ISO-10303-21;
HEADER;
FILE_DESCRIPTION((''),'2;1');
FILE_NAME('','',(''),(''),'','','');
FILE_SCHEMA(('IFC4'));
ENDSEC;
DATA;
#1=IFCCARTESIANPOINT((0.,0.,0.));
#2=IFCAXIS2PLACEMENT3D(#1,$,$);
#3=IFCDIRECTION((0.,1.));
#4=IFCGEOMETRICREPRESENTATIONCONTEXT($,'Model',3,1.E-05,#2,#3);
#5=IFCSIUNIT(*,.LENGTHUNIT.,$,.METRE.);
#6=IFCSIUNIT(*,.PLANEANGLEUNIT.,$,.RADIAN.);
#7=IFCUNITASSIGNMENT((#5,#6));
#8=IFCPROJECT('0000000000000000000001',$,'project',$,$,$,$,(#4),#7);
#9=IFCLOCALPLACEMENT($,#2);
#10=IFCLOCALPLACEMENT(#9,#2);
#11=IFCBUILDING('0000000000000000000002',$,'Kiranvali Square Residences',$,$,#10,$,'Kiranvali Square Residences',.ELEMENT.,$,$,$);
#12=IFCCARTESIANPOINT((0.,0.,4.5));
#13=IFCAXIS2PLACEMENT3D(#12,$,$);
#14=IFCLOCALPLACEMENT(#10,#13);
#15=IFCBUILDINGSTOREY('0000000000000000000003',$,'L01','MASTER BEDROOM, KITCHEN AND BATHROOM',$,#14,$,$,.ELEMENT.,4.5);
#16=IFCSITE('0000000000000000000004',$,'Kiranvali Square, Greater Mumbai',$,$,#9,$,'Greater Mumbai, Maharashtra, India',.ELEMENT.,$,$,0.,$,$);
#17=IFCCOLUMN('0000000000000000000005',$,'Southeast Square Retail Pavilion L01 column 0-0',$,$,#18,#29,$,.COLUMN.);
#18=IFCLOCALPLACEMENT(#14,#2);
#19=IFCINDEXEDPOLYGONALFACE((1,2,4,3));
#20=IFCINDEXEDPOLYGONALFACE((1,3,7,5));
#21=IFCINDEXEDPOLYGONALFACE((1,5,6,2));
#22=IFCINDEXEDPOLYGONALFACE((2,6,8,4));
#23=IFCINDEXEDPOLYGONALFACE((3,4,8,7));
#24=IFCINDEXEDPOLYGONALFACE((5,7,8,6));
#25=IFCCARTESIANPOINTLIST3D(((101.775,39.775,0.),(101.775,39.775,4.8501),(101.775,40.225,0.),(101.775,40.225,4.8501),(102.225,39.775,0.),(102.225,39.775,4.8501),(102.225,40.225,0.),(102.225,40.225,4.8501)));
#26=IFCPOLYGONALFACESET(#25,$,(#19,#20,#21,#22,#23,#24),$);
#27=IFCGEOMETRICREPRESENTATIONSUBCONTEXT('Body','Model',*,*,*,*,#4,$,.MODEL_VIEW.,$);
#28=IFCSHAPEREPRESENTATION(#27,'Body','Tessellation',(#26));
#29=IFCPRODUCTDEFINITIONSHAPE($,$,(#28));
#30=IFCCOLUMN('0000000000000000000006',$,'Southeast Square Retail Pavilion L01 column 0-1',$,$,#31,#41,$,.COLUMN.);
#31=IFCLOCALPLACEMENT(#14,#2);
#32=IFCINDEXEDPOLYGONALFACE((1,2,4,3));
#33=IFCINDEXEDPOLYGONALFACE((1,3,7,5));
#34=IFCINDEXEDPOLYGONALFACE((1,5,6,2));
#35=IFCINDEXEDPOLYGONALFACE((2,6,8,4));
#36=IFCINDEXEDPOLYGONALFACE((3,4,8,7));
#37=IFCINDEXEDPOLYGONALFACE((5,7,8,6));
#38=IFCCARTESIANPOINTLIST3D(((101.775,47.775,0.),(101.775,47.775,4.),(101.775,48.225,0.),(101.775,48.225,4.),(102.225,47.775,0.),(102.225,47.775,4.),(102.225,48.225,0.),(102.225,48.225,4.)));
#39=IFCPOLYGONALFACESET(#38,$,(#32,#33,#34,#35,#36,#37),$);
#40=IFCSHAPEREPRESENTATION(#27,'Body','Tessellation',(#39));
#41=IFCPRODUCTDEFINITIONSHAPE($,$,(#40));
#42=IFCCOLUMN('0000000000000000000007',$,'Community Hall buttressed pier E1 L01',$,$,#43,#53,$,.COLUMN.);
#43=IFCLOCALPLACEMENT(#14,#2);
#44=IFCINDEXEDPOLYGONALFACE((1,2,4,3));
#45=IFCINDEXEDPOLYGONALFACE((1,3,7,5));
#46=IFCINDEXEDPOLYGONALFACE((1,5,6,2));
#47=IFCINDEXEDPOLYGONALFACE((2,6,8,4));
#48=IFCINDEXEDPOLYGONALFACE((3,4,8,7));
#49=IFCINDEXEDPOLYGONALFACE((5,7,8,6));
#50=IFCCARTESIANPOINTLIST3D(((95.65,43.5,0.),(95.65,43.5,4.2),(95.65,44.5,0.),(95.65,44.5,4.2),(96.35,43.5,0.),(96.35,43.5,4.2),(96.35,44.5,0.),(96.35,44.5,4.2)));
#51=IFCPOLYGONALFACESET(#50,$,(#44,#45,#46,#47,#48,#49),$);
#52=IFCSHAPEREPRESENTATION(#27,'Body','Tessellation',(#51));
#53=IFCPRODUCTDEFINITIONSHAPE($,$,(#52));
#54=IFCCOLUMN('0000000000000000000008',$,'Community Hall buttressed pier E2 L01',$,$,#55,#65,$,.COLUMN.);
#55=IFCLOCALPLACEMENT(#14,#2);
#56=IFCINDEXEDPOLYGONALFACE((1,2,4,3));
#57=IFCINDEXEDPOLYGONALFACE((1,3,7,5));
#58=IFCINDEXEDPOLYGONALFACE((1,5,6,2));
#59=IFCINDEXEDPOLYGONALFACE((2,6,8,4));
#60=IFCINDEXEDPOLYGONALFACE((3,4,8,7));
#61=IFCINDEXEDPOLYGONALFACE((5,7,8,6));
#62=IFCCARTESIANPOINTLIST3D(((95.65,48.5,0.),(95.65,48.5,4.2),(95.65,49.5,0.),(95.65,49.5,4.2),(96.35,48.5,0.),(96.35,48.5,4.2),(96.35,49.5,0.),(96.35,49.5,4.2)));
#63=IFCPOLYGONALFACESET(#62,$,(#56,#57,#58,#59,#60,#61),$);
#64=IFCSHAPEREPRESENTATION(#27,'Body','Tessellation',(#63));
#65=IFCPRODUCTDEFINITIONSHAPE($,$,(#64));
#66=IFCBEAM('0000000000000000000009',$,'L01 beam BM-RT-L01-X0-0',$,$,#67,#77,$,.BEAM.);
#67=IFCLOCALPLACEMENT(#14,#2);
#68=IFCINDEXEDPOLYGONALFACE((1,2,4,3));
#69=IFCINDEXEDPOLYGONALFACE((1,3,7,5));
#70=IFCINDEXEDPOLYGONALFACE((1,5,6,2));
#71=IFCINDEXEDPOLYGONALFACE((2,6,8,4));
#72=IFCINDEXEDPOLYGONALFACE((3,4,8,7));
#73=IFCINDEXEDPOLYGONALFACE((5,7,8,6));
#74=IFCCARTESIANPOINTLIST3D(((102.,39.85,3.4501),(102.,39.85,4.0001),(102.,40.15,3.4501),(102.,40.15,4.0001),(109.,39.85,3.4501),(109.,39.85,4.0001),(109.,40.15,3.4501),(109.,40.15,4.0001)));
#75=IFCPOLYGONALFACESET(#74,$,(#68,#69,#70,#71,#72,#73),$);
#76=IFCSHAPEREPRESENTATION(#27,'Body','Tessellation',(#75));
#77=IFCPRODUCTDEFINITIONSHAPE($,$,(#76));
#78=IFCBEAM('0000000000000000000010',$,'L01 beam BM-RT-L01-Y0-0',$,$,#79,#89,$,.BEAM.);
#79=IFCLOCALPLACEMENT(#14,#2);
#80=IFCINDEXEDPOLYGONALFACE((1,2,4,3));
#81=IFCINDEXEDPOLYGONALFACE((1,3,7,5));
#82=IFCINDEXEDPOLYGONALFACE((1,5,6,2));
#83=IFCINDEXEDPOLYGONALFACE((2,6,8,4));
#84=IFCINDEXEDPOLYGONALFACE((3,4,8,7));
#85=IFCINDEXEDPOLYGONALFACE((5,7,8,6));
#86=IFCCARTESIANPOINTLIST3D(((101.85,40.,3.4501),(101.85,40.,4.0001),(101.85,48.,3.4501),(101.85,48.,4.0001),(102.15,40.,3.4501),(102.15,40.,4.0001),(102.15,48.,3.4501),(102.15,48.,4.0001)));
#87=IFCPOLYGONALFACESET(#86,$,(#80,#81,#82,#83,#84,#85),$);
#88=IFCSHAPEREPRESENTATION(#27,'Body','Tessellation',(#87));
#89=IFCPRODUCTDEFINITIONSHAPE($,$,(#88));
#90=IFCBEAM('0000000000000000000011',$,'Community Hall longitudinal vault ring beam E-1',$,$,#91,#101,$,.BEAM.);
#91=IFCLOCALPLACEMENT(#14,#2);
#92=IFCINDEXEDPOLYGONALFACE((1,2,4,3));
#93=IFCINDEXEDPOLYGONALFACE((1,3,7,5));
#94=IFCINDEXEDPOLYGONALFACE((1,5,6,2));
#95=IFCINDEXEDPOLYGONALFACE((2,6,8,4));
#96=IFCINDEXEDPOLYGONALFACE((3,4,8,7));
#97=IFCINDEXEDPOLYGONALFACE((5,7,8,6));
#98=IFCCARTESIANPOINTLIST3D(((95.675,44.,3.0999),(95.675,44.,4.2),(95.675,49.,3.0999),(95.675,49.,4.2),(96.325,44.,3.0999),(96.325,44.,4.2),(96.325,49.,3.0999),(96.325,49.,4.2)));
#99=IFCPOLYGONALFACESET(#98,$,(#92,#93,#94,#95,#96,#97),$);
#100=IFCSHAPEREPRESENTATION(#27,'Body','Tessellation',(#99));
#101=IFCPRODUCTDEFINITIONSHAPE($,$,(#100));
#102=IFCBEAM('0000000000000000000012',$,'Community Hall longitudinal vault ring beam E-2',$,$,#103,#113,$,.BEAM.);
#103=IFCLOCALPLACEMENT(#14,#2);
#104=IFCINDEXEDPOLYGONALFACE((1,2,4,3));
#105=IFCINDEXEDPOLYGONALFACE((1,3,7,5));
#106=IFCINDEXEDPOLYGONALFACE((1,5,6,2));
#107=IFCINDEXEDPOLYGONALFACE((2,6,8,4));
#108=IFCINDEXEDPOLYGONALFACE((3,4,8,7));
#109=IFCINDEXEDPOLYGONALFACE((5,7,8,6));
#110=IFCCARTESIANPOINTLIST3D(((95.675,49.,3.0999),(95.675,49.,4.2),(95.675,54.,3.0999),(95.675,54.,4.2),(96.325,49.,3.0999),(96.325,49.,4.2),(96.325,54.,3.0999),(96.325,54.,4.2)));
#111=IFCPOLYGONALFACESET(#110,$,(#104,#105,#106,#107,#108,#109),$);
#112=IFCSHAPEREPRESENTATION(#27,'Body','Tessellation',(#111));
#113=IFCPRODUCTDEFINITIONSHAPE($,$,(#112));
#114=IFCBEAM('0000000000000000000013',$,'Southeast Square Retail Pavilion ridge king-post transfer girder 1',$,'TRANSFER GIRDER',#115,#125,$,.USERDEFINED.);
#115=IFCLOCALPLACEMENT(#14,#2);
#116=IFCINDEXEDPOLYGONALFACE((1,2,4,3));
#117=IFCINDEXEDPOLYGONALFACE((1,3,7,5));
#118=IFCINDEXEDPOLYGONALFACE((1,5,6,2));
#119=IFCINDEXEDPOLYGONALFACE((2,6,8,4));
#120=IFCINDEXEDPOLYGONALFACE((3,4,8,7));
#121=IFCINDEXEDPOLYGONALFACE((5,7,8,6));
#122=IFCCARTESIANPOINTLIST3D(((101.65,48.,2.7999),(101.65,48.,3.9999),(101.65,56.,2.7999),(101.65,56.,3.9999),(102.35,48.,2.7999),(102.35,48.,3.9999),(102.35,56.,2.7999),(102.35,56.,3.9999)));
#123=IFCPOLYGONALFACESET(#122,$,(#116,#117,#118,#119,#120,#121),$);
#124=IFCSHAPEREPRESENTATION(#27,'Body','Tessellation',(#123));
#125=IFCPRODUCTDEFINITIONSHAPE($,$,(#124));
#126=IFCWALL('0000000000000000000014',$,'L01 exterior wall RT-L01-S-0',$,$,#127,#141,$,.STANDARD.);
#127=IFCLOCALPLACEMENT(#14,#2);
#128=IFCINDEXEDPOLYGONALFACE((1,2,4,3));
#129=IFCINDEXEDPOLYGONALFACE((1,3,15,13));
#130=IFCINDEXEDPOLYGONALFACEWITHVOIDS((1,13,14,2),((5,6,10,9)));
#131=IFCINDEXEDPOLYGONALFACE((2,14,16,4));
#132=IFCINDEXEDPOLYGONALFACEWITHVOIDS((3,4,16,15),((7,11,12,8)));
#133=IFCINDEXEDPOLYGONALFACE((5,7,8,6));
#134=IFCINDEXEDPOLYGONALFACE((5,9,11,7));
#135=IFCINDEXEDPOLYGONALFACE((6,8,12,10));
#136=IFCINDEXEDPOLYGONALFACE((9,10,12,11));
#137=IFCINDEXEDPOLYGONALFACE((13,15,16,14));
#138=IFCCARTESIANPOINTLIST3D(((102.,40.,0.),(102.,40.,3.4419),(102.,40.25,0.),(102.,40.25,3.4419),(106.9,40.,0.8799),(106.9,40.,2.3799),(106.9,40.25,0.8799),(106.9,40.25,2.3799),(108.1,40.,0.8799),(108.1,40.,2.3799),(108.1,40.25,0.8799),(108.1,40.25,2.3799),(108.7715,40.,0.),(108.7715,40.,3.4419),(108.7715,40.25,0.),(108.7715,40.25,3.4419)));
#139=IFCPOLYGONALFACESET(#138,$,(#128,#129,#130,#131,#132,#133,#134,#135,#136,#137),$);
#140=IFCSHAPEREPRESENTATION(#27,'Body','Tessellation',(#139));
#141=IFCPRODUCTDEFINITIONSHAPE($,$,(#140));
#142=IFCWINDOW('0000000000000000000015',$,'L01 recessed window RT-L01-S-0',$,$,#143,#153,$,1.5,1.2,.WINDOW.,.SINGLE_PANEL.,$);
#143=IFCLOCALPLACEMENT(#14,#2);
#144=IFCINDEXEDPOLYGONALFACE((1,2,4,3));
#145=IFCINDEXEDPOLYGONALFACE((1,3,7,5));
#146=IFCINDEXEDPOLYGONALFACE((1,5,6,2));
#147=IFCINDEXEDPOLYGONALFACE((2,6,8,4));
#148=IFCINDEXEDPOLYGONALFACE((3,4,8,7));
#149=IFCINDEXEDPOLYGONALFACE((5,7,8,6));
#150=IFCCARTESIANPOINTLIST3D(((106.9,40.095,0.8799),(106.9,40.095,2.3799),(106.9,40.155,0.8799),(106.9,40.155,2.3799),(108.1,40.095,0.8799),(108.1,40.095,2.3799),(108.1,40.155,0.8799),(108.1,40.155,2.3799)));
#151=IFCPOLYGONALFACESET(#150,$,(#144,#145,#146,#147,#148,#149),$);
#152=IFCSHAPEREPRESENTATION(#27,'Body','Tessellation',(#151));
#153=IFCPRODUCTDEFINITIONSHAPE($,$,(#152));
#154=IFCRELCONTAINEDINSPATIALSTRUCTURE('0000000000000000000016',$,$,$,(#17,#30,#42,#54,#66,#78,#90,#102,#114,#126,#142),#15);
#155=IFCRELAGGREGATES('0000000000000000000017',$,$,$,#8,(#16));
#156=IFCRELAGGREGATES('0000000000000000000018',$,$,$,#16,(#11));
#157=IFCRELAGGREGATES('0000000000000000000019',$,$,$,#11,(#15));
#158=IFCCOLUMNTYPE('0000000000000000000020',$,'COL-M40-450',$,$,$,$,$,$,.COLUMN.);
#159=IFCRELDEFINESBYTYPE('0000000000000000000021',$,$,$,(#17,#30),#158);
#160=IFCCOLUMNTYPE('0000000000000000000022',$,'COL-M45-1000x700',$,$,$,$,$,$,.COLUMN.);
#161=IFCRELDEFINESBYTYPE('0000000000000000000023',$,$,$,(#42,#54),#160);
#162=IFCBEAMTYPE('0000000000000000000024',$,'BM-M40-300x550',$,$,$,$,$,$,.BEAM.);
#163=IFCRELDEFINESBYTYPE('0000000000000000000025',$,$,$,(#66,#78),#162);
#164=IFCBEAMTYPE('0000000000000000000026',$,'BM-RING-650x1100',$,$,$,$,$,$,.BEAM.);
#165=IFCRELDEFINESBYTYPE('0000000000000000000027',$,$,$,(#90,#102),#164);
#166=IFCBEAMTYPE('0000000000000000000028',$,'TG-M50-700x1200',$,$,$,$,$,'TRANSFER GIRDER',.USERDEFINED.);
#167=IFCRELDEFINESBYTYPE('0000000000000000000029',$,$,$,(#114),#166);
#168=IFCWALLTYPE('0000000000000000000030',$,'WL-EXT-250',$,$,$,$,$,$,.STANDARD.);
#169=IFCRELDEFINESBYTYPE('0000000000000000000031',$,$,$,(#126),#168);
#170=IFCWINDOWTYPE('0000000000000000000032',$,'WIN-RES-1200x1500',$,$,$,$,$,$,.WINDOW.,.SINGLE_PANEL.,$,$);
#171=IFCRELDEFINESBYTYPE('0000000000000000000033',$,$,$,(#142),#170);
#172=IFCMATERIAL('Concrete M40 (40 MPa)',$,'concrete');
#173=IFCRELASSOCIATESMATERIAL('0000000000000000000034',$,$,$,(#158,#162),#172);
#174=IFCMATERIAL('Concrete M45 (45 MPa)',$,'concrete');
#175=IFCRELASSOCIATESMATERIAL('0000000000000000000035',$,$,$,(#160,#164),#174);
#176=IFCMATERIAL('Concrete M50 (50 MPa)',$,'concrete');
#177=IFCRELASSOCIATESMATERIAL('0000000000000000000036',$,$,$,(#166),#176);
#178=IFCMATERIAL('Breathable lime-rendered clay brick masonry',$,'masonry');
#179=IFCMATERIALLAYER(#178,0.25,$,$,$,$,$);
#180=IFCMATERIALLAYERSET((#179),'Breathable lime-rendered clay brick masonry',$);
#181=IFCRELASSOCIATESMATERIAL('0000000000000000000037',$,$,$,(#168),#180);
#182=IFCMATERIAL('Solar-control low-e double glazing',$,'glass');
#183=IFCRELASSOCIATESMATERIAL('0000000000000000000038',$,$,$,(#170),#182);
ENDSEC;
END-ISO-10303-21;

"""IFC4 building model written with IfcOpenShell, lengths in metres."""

from ifc_helpers import new_model, si_unit, direction, frame, frame_2d, origin, origin_2d, place, context, subcontext, project, spatial, rectangle, extrude, material, layer, layer_set, material_profile, profile_set, type_object, element, fill, save


model = new_model("IFC4")

# Units and contexts
model_context = context("Model", 3, precision=1e-05, world=origin(), true_north=direction((0.0, 1.0)))
body_context = subcontext(model_context, "Body", "Model", "MODEL_VIEW")
ifc_project = project(units=[si_unit("LENGTHUNIT", "METRE"), si_unit("PLANEANGLEUNIT", "RADIAN")], contexts=[model_context])

# Site, building, storey
site_placement = place(None, origin())
site = spatial("IfcSite", under=ifc_project, at=site_placement, Name="Kiranvali Square, Greater Mumbai", LongName="Greater Mumbai, Maharashtra, India", CompositionType="ELEMENT", RefElevation=0.0)
building_placement = place(site_placement, origin())
building = spatial("IfcBuilding", under=site, at=building_placement, Name="Kiranvali Square Residences", LongName="Kiranvali Square Residences", CompositionType="ELEMENT")
storey_placement = place(building_placement, frame((0.0, 0.0, 4.5)))
storey = spatial("IfcBuildingStorey", under=building, at=storey_placement, Name="L01", Description="MASTER BEDROOM, KITCHEN AND BATHROOM", CompositionType="ELEMENT", Elevation=4.5)

# Columns
ifc_material_1 = material(Name="Concrete M40 (40 MPa)", Category="concrete")
ifc_material_profile_1 = material_profile(ifc_material_1, rectangle(XDim=0.45, YDim=0.45, at=origin_2d()), Name="RC 450x450")
ifc_profile_set_1 = profile_set([ifc_material_profile_1], Name="Concrete M40 (40 MPa)")
column_type_1 = type_object("IfcColumnType", Name="COL-M40-450", PredefinedType="COLUMN", material=ifc_profile_set_1)
column_1_placement = place(storey_placement, frame((102.0, 40.0, 0.0), z_axis=(0.0, 0.0, 1.0), x_axis=(1.0, 0.0, 0.0)))
element("IfcColumn", 1, at=column_1_placement, inside=storey, type_object=column_type_1, Name="Southeast Square Retail Pavilion L01 column 0-0", PredefinedType="COLUMN", context=body_context, shape_type="SweptSolid", body=[
    extrude(rectangle(XDim=0.45, YDim=0.45, at=origin_2d()), origin(), (0.0, 0.0, 1.0), 4.8501),
])
column_2_placement = place(storey_placement, frame((102.0, 48.0, 0.0), z_axis=(0.0, 0.0, 1.0), x_axis=(1.0, 0.0, 0.0)))
element("IfcColumn", 2, at=column_2_placement, inside=storey, type_object=column_type_1, Name="Southeast Square Retail Pavilion L01 column 0-1", PredefinedType="COLUMN", context=body_context, shape_type="SweptSolid", body=[
    extrude(rectangle(XDim=0.45, YDim=0.45, at=origin_2d()), origin(), (0.0, 0.0, 1.0), 4.0),
])
ifc_material_2 = material(Name="Concrete M45 (45 MPa)", Category="concrete")
ifc_material_profile_2 = material_profile(ifc_material_2, rectangle(XDim=0.7, YDim=1.0, at=origin_2d()), Name="RC 1000x700")
ifc_profile_set_2 = profile_set([ifc_material_profile_2], Name="Concrete M45 (45 MPa)")
column_type_2 = type_object("IfcColumnType", Name="COL-M45-1000x700", PredefinedType="COLUMN", material=ifc_profile_set_2)
for number, where, z_axis, x_axis, name in (
    (3, (96.0, 44.0, 0.0), (0.0, 0.0, 1.0), (1.0, 0.0, 0.0), "Community Hall buttressed pier E1 L01"),
    (4, (96.0, 49.0, 0.0), (0.0, 0.0, 1.0), (1.0, 0.0, 0.0), "Community Hall buttressed pier E2 L01"),
):
    element("IfcColumn", number, at=place(storey_placement, frame(where, z_axis=z_axis, x_axis=x_axis)), inside=storey, type_object=column_type_2, Name=name, PredefinedType="COLUMN", context=body_context, shape_type="SweptSolid", body=[
        extrude(rectangle(XDim=0.7, YDim=1.0, at=origin_2d()), origin(), (0.0, 0.0, 1.0), 4.2),
    ])

# Beams
ifc_material_profile_3 = material_profile(ifc_material_1, rectangle(XDim=0.3, YDim=0.55, at=origin_2d()), Name="RC 300x550")
ifc_profile_set_3 = profile_set([ifc_material_profile_3], Name="Concrete M40 (40 MPa)")
beam_type_1 = type_object("IfcBeamType", Name="BM-M40-300x550", PredefinedType="BEAM", material=ifc_profile_set_3)
beam_1_placement = place(storey_placement, frame((102.0, 40.0, 3.7251), z_axis=(1.0, 0.0, 0.0), x_axis=(0.0, 1.0, 0.0)))
element("IfcBeam", 5, at=beam_1_placement, inside=storey, type_object=beam_type_1, Name="L01 beam BM-RT-L01-X0-0", PredefinedType="BEAM", context=body_context, shape_type="SweptSolid", body=[
    extrude(rectangle(XDim=0.3, YDim=0.55, at=origin_2d()), origin(), (0.0, 0.0, 1.0), 7.0),
])
beam_2_placement = place(storey_placement, frame((102.0, 40.0, 3.7251), z_axis=(0.0, 1.0, 0.0), x_axis=(-1.0, 0.0, 0.0)))
element("IfcBeam", 6, at=beam_2_placement, inside=storey, type_object=beam_type_1, Name="L01 beam BM-RT-L01-Y0-0", PredefinedType="BEAM", context=body_context, shape_type="SweptSolid", body=[
    extrude(rectangle(XDim=0.3, YDim=0.55, at=origin_2d()), origin(), (0.0, 0.0, 1.0), 8.0),
])
ifc_material_profile_4 = material_profile(ifc_material_2, rectangle(XDim=0.6499, YDim=1.1001, at=origin_2d()), Name="RC 650x1100")
ifc_profile_set_4 = profile_set([ifc_material_profile_4], Name="Concrete M45 (45 MPa)")
beam_type_2 = type_object("IfcBeamType", Name="BM-RING-650x1100", PredefinedType="BEAM", material=ifc_profile_set_4)
for number, where, z_axis, x_axis, name in (
    (7, (96.0, 44.0, 3.6499), (0.0, 1.0, 0.0), (-1.0, 0.0, 0.0), "Community Hall longitudinal vault ring beam E-1"),
    (8, (96.0, 49.0, 3.6499), (0.0, 1.0, 0.0), (-1.0, 0.0, 0.0), "Community Hall longitudinal vault ring beam E-2"),
):
    element("IfcBeam", number, at=place(storey_placement, frame(where, z_axis=z_axis, x_axis=x_axis)), inside=storey, type_object=beam_type_2, Name=name, PredefinedType="BEAM", context=body_context, shape_type="SweptSolid", body=[
        extrude(rectangle(XDim=0.6499, YDim=1.1001, at=origin_2d()), origin(), (0.0, 0.0, 1.0), 5.0),
    ])
ifc_material_3 = material(Name="Concrete M50 (50 MPa)", Category="concrete")
ifc_material_profile_5 = material_profile(ifc_material_3, rectangle(XDim=0.7, YDim=1.2, at=origin_2d()), Name="RC 700x1200")
ifc_profile_set_5 = profile_set([ifc_material_profile_5], Name="Concrete M50 (50 MPa)")
beam_type_3 = type_object("IfcBeamType", Name="TG-M50-700x1200", ElementType="TRANSFER GIRDER", PredefinedType="USERDEFINED", material=ifc_profile_set_5)
beam_3_placement = place(storey_placement, frame((102.0, 48.0, 3.3999), z_axis=(0.0, 1.0, 0.0), x_axis=(-1.0, 0.0, 0.0)))
element("IfcBeam", 9, at=beam_3_placement, inside=storey, type_object=beam_type_3, Name="Southeast Square Retail Pavilion ridge king-post transfer girder 1", ObjectType="TRANSFER GIRDER", PredefinedType="USERDEFINED", context=body_context, shape_type="SweptSolid", body=[
    extrude(rectangle(XDim=0.7, YDim=1.2, at=origin_2d()), origin(), (0.0, 0.0, 1.0), 8.0),
])

# Wall, opening, window
ifc_material_4 = material(Name="Breathable lime-rendered clay brick masonry", Category="masonry")
ifc_layer_1 = layer(ifc_material_4, 0.25)
ifc_layer_set_1 = layer_set([ifc_layer_1], Name="Breathable lime-rendered clay brick masonry")
wall_type_1 = type_object("IfcWallType", Name="WL-EXT-250", PredefinedType="STANDARD", material=ifc_layer_set_1)
wall_1_placement = place(storey_placement, frame((102.0, 40.125, 0.0), z_axis=(0.0, 0.0, 1.0), x_axis=(1.0, 0.0, 0.0)))
wall_1 = element("IfcWall", 10, at=wall_1_placement, inside=storey, type_object=wall_type_1, Name="L01 exterior wall RT-L01-S-0", PredefinedType="STANDARD", context=body_context, shape_type="SweptSolid", body=[
    extrude(rectangle(XDim=6.7715, YDim=0.25, at=frame_2d((3.3857, 0.0))), origin(), (0.0, 0.0, 1.0), 3.4419),
])
opening_1_placement = place(wall_1_placement, frame((4.8999, 0.0, 0.8799)))
opening_1 = element("IfcOpeningElement", 11, at=opening_1_placement, cuts=wall_1, PredefinedType="OPENING", context=body_context, shape_type="SweptSolid", body=[
    extrude(rectangle(XDim=1.2, YDim=1.5, at=frame_2d((0.6001, 0.75))), frame((0.0, 0.135, 0.0), z_axis=(0.0, -1.0, 0.0), x_axis=(1.0, 0.0, 0.0)), (0.0, 0.0, 1.0), 0.27),
])
ifc_material_5 = material(Name="Solar-control low-e double glazing", Category="glass")
window_type_1 = type_object("IfcWindowType", Name="WIN-RES-1200x1500", PartitioningType="SINGLE_PANEL", PredefinedType="WINDOW", material=ifc_material_5)
window_1_placement = place(opening_1_placement, origin())
window_1 = element("IfcWindow", 12, at=window_1_placement, inside=storey, type_object=window_type_1, Name="L01 recessed window RT-L01-S-0", OverallHeight=1.5, OverallWidth=1.2, PartitioningType="SINGLE_PANEL", PredefinedType="WINDOW", context=body_context, shape_type="SweptSolid", body=[
    extrude(rectangle(XDim=1.2, YDim=1.5, at=frame_2d((0.6001, 0.75))), frame((0.0, 0.03, 0.0), z_axis=(0.0, -1.0, 0.0), x_axis=(1.0, 0.0, 0.0)), (0.0, 0.0, 1.0), 0.0601),
])
fill(opening_1, window_1)

save(model, "model.ifc")
